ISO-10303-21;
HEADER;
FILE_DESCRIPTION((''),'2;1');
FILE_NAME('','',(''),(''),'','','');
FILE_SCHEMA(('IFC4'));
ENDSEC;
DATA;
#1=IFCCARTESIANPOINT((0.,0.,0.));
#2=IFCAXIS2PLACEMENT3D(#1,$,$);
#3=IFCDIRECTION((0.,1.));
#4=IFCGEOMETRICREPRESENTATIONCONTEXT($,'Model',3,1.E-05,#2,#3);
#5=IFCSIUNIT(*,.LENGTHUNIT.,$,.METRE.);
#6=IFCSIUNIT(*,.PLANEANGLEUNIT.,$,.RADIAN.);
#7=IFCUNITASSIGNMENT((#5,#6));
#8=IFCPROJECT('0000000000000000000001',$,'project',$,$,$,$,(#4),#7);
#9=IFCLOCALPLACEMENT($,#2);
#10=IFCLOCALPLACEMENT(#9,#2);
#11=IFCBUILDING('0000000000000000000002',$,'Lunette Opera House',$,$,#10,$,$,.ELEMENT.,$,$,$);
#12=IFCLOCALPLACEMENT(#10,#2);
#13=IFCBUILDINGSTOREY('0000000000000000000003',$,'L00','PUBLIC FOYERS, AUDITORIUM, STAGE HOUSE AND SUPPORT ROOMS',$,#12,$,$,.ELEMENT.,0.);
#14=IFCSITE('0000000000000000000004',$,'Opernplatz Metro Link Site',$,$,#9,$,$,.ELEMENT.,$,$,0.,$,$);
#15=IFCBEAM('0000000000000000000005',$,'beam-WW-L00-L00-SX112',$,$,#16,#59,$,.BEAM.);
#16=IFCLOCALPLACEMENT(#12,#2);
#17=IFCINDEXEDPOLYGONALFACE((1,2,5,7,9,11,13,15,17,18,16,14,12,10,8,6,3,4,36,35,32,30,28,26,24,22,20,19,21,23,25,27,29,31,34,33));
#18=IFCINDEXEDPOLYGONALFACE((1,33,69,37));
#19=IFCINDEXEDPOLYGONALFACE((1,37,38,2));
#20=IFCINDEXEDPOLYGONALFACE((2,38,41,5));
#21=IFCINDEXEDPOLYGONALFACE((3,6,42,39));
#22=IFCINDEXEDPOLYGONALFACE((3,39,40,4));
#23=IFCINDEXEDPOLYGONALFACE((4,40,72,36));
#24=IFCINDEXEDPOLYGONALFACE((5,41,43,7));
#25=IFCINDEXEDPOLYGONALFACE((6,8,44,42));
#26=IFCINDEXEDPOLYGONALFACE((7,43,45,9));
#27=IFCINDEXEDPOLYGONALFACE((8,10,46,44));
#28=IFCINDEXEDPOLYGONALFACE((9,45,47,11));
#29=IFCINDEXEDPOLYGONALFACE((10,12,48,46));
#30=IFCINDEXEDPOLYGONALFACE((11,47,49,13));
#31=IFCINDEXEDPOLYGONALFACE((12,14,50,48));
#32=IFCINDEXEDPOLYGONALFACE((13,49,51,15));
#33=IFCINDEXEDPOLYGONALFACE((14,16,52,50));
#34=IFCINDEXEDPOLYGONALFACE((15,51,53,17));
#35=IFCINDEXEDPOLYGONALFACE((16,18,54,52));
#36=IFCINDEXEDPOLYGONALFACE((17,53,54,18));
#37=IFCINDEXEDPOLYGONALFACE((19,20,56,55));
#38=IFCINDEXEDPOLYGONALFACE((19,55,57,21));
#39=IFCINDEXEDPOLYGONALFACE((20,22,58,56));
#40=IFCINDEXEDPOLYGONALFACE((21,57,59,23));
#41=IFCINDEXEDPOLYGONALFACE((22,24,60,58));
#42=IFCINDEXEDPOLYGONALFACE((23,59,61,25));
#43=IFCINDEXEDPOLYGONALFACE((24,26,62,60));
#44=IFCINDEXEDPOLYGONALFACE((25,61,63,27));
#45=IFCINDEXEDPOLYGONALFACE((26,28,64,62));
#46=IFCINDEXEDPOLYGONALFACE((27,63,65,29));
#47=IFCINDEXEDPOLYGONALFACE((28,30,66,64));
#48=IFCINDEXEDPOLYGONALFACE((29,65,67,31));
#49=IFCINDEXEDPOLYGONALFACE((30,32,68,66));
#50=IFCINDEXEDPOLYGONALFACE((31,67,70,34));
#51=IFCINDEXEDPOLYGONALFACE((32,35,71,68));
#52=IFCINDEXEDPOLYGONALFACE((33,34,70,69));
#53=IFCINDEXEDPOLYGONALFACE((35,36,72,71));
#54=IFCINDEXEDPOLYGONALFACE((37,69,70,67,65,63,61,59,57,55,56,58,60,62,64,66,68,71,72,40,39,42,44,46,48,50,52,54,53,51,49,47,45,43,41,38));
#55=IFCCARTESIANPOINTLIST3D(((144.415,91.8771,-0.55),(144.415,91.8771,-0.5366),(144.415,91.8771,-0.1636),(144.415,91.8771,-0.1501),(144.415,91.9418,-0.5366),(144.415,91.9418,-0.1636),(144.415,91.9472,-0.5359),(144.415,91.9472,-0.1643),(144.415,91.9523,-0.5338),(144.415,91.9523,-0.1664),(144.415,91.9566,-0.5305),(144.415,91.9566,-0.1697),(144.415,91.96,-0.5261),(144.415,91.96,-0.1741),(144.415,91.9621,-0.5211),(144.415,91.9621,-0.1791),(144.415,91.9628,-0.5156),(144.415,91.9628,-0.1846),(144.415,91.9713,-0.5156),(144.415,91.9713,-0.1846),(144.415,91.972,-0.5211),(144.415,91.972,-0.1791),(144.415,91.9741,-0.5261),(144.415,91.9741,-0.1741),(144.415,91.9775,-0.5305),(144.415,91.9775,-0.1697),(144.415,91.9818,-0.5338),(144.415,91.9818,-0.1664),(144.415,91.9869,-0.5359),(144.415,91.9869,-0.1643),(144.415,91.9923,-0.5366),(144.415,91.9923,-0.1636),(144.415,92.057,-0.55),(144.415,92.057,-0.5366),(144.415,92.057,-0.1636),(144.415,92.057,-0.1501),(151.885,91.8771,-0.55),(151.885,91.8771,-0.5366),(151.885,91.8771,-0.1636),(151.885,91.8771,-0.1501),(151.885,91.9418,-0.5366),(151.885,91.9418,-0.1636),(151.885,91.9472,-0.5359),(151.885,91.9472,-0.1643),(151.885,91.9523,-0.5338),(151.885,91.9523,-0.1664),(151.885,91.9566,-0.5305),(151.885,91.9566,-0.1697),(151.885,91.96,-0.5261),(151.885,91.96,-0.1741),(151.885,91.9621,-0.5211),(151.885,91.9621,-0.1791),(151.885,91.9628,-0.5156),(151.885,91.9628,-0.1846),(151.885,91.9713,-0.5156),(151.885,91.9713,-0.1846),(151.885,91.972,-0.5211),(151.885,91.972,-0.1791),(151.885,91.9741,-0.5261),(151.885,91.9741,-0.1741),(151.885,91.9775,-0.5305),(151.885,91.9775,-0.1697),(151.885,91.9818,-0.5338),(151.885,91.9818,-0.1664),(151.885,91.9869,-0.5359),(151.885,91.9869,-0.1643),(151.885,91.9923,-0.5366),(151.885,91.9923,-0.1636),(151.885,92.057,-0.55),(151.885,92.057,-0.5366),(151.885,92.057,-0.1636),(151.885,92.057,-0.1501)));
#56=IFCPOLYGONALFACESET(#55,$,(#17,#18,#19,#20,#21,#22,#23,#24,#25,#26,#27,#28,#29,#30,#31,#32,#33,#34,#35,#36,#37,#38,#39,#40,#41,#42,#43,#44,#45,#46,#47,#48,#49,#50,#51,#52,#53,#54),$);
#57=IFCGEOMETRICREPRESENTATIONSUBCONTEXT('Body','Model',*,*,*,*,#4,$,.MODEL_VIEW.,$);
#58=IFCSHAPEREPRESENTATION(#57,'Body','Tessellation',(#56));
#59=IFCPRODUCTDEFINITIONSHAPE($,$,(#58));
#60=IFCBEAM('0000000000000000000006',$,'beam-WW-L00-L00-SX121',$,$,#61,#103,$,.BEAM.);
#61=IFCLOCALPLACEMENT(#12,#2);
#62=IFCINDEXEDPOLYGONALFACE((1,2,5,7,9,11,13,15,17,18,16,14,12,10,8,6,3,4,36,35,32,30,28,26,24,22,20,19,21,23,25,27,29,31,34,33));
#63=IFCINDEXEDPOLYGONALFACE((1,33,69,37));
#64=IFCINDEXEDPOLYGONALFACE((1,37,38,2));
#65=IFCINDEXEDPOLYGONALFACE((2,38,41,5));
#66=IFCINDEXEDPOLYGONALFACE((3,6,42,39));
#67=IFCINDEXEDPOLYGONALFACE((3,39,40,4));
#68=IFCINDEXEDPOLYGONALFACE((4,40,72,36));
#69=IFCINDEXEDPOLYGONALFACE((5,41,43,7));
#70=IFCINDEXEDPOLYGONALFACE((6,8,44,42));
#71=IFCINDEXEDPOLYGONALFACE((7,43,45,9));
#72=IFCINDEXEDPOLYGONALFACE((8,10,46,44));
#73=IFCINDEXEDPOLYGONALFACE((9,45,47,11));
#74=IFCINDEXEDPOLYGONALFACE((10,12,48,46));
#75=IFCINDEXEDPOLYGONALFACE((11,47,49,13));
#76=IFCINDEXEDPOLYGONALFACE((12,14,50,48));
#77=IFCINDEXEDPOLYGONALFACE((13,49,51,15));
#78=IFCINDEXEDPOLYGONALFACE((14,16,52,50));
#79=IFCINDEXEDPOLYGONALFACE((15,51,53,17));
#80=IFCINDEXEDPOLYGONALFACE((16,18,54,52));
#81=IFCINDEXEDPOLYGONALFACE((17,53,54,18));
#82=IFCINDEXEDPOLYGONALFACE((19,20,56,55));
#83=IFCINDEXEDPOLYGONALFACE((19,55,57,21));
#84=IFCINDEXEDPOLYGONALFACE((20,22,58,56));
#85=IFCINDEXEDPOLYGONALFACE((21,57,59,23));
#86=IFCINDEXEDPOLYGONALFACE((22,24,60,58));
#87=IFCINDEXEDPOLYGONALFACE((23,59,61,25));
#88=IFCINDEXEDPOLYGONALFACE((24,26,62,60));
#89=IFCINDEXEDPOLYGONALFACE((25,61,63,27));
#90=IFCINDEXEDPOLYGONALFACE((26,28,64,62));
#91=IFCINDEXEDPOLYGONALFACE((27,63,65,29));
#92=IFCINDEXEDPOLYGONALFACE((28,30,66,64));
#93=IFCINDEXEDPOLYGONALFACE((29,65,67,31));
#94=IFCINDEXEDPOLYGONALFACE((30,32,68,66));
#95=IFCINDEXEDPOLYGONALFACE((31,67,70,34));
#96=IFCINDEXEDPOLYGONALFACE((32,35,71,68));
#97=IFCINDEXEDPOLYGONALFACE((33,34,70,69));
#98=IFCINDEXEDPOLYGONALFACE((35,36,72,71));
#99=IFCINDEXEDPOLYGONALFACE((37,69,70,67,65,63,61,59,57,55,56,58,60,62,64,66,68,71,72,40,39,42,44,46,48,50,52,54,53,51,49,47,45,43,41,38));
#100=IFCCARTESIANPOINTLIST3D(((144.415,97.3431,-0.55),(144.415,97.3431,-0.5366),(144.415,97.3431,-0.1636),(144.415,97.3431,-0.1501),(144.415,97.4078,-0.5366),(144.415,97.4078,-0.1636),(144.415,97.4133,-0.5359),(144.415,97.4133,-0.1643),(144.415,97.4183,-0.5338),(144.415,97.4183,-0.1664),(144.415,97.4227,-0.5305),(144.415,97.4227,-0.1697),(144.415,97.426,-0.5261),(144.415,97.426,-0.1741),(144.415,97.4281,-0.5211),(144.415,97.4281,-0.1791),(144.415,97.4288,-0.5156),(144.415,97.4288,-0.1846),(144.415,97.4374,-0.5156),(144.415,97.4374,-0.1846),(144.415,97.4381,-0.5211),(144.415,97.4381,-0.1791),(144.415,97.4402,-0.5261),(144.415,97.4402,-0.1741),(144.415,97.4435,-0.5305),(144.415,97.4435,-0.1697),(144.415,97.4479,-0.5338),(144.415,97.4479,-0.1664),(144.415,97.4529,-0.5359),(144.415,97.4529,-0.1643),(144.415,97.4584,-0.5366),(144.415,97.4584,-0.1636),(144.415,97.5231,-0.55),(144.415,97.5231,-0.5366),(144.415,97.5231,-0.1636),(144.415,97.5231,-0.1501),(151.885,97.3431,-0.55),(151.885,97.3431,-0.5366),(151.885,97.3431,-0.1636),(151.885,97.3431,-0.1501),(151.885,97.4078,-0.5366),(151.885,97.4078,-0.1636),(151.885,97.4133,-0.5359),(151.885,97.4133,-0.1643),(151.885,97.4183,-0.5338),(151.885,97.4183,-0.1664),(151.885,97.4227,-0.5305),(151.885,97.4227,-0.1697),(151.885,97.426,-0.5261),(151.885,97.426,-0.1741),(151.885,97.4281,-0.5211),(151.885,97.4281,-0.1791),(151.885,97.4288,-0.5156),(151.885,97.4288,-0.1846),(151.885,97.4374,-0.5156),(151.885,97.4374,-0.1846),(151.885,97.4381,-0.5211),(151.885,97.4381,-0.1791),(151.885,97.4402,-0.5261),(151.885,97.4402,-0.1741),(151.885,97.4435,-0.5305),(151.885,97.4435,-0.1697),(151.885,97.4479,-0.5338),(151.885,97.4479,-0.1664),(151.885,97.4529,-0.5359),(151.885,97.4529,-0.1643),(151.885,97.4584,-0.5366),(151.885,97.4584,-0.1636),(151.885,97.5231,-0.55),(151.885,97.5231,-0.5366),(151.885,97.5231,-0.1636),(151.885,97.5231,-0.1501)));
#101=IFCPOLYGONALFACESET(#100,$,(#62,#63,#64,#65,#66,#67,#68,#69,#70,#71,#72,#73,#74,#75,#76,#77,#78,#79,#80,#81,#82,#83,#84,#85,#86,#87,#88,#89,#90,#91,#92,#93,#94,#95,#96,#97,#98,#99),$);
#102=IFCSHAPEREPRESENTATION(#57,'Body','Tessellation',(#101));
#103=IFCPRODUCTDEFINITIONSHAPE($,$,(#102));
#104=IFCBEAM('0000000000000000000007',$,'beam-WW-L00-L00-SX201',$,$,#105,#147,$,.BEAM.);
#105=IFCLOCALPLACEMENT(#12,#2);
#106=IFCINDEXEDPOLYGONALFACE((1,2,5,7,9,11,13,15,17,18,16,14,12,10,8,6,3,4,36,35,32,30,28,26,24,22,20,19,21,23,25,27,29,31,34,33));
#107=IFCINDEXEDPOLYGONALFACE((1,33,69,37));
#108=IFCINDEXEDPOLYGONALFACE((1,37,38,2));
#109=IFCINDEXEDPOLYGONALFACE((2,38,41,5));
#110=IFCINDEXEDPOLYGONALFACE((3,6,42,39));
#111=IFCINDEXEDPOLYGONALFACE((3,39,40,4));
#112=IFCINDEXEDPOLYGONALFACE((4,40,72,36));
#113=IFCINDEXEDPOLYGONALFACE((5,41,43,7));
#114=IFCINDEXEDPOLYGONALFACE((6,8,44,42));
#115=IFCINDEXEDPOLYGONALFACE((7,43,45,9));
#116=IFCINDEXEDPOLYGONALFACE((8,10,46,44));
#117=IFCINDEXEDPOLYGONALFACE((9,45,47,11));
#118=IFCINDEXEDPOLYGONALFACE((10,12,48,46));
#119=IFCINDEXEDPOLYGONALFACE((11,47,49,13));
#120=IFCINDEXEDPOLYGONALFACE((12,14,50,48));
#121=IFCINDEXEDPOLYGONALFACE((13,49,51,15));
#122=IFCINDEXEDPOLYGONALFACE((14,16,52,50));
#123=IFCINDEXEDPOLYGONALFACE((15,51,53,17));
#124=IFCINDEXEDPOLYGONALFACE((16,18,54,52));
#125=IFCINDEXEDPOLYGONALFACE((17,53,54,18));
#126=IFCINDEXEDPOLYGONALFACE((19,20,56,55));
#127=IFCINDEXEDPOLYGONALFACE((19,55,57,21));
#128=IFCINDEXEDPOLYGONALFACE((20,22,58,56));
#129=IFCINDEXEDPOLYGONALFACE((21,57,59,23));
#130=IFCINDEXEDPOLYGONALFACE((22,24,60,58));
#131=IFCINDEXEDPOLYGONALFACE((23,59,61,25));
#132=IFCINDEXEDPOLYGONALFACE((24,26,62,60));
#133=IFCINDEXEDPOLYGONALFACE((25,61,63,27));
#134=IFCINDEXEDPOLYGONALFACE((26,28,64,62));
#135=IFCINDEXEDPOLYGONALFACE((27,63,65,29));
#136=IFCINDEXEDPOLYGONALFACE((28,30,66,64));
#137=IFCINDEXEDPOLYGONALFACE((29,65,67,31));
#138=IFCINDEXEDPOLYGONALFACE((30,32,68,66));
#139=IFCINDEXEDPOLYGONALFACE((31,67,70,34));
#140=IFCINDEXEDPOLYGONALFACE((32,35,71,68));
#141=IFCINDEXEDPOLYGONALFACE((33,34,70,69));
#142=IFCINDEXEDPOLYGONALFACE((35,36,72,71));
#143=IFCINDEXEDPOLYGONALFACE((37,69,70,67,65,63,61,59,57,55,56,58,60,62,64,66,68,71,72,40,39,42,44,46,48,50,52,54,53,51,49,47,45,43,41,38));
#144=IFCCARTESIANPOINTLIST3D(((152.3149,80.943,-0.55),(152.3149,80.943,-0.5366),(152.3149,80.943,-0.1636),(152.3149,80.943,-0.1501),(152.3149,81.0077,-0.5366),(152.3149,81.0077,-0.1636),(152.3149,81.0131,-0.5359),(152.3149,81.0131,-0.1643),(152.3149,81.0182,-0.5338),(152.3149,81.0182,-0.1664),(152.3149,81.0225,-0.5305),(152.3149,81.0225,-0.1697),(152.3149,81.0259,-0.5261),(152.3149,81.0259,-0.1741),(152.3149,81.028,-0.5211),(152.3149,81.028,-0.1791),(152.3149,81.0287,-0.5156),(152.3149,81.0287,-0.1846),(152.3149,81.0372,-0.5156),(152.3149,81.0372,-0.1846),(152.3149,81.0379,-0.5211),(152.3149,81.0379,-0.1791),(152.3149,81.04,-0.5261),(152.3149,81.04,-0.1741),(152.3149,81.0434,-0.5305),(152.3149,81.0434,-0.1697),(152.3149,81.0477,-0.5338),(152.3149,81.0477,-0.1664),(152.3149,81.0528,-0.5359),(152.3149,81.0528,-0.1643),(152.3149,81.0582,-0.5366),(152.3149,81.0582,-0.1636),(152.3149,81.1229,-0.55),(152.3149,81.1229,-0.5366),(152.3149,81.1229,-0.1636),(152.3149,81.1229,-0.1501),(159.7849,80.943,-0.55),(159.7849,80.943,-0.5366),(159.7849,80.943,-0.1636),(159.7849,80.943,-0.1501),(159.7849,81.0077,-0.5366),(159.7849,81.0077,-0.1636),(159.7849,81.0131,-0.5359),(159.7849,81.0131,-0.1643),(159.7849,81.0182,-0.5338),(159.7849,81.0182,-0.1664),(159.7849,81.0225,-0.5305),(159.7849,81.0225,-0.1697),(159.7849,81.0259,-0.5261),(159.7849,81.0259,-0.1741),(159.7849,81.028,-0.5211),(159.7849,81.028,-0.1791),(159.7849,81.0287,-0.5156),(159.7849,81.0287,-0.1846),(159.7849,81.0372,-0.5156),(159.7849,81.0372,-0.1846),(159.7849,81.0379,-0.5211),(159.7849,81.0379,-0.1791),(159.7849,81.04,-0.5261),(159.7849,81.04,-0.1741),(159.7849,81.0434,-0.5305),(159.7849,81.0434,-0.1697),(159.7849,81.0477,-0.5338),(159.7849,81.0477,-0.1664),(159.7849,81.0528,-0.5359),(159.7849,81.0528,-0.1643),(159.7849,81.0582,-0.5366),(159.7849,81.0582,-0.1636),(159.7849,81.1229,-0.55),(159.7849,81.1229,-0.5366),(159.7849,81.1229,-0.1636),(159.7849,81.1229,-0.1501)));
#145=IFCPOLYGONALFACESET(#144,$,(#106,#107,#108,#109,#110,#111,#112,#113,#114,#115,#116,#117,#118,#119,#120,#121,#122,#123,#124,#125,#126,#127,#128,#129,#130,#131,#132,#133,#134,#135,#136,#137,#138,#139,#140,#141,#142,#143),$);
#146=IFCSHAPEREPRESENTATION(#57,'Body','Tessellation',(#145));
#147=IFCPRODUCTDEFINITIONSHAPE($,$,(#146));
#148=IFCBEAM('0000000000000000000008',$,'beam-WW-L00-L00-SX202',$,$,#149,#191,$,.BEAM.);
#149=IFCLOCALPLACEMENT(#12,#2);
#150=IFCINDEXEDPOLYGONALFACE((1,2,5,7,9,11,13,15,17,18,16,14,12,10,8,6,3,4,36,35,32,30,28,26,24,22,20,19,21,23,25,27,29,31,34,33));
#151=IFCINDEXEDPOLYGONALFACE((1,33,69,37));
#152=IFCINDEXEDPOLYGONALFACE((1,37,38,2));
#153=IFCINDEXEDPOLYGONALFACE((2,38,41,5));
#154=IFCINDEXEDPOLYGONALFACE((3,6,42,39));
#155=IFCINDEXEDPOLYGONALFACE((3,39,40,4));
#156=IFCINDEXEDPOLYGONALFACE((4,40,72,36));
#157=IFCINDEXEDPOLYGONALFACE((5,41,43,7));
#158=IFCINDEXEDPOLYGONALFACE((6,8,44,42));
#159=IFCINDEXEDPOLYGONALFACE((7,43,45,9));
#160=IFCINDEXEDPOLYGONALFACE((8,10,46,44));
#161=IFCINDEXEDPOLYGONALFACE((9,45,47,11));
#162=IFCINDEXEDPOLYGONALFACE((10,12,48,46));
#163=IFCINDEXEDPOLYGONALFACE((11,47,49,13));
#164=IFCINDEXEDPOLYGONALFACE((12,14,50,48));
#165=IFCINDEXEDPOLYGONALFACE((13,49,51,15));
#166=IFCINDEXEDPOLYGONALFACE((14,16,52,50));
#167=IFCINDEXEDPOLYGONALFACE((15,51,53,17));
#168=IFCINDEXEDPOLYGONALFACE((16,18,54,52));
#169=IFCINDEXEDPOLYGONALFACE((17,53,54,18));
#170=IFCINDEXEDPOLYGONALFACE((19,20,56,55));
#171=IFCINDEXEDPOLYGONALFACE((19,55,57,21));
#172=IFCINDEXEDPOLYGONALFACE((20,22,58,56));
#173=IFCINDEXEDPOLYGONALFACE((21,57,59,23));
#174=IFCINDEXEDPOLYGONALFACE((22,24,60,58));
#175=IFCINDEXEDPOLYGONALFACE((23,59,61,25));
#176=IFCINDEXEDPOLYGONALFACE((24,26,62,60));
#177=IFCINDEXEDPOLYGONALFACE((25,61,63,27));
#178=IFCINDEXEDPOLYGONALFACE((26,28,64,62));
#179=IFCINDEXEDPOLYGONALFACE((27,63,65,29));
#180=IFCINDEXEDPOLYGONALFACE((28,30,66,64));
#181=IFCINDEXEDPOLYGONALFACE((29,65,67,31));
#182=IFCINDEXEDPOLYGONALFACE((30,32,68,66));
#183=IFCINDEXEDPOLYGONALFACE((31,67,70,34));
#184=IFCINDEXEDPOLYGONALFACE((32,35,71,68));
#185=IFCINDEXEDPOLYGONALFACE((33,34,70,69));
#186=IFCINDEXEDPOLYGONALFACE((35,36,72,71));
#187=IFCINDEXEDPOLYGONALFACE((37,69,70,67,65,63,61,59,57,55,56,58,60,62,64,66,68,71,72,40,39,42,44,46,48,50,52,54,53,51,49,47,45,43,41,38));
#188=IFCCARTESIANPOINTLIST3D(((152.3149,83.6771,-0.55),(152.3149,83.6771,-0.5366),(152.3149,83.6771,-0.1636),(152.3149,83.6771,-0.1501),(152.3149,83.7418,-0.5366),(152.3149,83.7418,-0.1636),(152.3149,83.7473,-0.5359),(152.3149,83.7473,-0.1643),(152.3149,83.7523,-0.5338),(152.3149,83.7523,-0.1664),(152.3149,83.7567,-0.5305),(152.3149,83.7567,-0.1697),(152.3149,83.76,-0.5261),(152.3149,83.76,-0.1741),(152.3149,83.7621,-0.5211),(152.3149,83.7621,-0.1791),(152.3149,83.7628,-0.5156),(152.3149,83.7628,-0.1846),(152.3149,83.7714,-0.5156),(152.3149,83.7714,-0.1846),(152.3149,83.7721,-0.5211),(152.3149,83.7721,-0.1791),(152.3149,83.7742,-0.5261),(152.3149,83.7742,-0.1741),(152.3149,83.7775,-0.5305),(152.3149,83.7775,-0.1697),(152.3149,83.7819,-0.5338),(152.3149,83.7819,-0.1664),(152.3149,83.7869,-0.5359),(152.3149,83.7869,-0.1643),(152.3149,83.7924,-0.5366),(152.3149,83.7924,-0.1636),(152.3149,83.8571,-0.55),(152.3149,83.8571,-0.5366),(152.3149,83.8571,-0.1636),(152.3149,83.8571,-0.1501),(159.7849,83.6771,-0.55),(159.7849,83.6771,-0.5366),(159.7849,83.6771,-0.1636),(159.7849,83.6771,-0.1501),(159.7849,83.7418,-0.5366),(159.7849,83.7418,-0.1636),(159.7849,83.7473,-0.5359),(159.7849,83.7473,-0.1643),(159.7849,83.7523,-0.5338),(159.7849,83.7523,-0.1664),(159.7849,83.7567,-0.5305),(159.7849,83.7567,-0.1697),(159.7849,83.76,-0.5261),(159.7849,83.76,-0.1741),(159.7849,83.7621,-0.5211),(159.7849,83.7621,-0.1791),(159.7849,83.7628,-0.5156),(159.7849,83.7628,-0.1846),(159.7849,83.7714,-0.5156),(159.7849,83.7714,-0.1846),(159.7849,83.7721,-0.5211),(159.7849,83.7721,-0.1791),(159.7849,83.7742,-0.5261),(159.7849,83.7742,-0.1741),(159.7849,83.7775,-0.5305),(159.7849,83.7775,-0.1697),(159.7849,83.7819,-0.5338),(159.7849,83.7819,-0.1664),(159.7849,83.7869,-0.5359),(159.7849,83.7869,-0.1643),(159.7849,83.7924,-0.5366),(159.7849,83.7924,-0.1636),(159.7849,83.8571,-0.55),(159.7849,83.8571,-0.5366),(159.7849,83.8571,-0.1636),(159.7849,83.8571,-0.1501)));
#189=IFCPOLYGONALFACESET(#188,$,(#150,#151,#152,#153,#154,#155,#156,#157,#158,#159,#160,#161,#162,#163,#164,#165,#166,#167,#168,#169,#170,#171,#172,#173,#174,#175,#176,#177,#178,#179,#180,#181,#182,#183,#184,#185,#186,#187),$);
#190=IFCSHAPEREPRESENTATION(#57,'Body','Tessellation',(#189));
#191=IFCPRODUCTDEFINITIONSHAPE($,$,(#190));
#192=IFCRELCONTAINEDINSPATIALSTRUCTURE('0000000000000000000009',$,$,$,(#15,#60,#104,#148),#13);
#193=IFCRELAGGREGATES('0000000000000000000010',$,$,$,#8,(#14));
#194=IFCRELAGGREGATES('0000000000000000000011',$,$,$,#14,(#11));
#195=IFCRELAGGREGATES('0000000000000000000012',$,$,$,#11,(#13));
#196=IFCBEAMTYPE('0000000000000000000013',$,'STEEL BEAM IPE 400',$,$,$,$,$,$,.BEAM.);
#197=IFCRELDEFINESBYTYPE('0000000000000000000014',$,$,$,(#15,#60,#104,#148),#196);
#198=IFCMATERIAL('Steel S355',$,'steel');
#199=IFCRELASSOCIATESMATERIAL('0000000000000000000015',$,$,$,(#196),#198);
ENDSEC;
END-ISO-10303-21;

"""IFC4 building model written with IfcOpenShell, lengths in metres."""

from ifc_helpers import new_model, si_unit, direction, frame, origin, origin_2d, place, context, subcontext, project, spatial, i_section, extrude, material, material_profile, profile_set, type_object, element, save


model = new_model("IFC4")

# Units and contexts
model_context = context("Model", 3, precision=1e-05, world=origin(), true_north=direction((0.0, 1.0)))
body_context = subcontext(model_context, "Body", "Model", "MODEL_VIEW")
ifc_project = project(units=[si_unit("LENGTHUNIT", "METRE"), si_unit("PLANEANGLEUNIT", "RADIAN")], contexts=[model_context])

# Site, building, storey
site_placement = place(None, origin())
site = spatial("IfcSite", under=ifc_project, at=site_placement, Name="Opernplatz Metro Link Site", CompositionType="ELEMENT", RefElevation=0.0)
building_placement = place(site_placement, origin())
building = spatial("IfcBuilding", under=site, at=building_placement, Name="Lunette Opera House", CompositionType="ELEMENT")
storey_placement = place(building_placement, origin())
storey = spatial("IfcBuildingStorey", under=building, at=storey_placement, Name="L00", Description="PUBLIC FOYERS, AUDITORIUM, STAGE HOUSE AND SUPPORT ROOMS", CompositionType="ELEMENT", Elevation=0.0)

# Beams
ifc_material_1 = material(Name="Steel S355", Category="steel")
ifc_material_profile_1 = material_profile(ifc_material_1, i_section(OverallWidth=0.1799, OverallDepth=0.3999, WebThickness=0.0085, FlangeThickness=0.0134, FilletRadius=0.021, at=origin_2d()), Name="IPE 400")
ifc_profile_set_1 = profile_set([ifc_material_profile_1], Name="Steel S355")
beam_type_1 = type_object("IfcBeamType", Name="STEEL BEAM IPE 400", PredefinedType="BEAM", material=ifc_profile_set_1)
for number, where, z_axis, x_axis, name in (
    (1, (144.415, 91.967, -0.3501), (1.0, 0.0, 0.0), (0.0, 1.0, 0.0), "beam-WW-L00-L00-SX112"),
    (2, (144.415, 97.4331, -0.3501), (1.0, 0.0, 0.0), (0.0, 1.0, 0.0), "beam-WW-L00-L00-SX121"),
    (3, (152.3149, 81.033, -0.3501), (1.0, 0.0, 0.0), (0.0, 1.0, 0.0), "beam-WW-L00-L00-SX201"),
    (4, (152.3149, 83.7671, -0.3501), (1.0, 0.0, 0.0), (0.0, 1.0, 0.0), "beam-WW-L00-L00-SX202"),
):
    element("IfcBeam", number, at=place(storey_placement, frame(where, z_axis=z_axis, x_axis=x_axis)), inside=storey, type_object=beam_type_1, Name=name, PredefinedType="BEAM", context=body_context, shape_type="SweptSolid", body=[
        extrude(i_section(OverallWidth=0.1799, OverallDepth=0.3999, WebThickness=0.0085, FlangeThickness=0.0134, FilletRadius=0.021, at=origin_2d()), origin(), (0.0, 0.0, 1.0), 7.47),
    ])

save(model, "model.ifc")
